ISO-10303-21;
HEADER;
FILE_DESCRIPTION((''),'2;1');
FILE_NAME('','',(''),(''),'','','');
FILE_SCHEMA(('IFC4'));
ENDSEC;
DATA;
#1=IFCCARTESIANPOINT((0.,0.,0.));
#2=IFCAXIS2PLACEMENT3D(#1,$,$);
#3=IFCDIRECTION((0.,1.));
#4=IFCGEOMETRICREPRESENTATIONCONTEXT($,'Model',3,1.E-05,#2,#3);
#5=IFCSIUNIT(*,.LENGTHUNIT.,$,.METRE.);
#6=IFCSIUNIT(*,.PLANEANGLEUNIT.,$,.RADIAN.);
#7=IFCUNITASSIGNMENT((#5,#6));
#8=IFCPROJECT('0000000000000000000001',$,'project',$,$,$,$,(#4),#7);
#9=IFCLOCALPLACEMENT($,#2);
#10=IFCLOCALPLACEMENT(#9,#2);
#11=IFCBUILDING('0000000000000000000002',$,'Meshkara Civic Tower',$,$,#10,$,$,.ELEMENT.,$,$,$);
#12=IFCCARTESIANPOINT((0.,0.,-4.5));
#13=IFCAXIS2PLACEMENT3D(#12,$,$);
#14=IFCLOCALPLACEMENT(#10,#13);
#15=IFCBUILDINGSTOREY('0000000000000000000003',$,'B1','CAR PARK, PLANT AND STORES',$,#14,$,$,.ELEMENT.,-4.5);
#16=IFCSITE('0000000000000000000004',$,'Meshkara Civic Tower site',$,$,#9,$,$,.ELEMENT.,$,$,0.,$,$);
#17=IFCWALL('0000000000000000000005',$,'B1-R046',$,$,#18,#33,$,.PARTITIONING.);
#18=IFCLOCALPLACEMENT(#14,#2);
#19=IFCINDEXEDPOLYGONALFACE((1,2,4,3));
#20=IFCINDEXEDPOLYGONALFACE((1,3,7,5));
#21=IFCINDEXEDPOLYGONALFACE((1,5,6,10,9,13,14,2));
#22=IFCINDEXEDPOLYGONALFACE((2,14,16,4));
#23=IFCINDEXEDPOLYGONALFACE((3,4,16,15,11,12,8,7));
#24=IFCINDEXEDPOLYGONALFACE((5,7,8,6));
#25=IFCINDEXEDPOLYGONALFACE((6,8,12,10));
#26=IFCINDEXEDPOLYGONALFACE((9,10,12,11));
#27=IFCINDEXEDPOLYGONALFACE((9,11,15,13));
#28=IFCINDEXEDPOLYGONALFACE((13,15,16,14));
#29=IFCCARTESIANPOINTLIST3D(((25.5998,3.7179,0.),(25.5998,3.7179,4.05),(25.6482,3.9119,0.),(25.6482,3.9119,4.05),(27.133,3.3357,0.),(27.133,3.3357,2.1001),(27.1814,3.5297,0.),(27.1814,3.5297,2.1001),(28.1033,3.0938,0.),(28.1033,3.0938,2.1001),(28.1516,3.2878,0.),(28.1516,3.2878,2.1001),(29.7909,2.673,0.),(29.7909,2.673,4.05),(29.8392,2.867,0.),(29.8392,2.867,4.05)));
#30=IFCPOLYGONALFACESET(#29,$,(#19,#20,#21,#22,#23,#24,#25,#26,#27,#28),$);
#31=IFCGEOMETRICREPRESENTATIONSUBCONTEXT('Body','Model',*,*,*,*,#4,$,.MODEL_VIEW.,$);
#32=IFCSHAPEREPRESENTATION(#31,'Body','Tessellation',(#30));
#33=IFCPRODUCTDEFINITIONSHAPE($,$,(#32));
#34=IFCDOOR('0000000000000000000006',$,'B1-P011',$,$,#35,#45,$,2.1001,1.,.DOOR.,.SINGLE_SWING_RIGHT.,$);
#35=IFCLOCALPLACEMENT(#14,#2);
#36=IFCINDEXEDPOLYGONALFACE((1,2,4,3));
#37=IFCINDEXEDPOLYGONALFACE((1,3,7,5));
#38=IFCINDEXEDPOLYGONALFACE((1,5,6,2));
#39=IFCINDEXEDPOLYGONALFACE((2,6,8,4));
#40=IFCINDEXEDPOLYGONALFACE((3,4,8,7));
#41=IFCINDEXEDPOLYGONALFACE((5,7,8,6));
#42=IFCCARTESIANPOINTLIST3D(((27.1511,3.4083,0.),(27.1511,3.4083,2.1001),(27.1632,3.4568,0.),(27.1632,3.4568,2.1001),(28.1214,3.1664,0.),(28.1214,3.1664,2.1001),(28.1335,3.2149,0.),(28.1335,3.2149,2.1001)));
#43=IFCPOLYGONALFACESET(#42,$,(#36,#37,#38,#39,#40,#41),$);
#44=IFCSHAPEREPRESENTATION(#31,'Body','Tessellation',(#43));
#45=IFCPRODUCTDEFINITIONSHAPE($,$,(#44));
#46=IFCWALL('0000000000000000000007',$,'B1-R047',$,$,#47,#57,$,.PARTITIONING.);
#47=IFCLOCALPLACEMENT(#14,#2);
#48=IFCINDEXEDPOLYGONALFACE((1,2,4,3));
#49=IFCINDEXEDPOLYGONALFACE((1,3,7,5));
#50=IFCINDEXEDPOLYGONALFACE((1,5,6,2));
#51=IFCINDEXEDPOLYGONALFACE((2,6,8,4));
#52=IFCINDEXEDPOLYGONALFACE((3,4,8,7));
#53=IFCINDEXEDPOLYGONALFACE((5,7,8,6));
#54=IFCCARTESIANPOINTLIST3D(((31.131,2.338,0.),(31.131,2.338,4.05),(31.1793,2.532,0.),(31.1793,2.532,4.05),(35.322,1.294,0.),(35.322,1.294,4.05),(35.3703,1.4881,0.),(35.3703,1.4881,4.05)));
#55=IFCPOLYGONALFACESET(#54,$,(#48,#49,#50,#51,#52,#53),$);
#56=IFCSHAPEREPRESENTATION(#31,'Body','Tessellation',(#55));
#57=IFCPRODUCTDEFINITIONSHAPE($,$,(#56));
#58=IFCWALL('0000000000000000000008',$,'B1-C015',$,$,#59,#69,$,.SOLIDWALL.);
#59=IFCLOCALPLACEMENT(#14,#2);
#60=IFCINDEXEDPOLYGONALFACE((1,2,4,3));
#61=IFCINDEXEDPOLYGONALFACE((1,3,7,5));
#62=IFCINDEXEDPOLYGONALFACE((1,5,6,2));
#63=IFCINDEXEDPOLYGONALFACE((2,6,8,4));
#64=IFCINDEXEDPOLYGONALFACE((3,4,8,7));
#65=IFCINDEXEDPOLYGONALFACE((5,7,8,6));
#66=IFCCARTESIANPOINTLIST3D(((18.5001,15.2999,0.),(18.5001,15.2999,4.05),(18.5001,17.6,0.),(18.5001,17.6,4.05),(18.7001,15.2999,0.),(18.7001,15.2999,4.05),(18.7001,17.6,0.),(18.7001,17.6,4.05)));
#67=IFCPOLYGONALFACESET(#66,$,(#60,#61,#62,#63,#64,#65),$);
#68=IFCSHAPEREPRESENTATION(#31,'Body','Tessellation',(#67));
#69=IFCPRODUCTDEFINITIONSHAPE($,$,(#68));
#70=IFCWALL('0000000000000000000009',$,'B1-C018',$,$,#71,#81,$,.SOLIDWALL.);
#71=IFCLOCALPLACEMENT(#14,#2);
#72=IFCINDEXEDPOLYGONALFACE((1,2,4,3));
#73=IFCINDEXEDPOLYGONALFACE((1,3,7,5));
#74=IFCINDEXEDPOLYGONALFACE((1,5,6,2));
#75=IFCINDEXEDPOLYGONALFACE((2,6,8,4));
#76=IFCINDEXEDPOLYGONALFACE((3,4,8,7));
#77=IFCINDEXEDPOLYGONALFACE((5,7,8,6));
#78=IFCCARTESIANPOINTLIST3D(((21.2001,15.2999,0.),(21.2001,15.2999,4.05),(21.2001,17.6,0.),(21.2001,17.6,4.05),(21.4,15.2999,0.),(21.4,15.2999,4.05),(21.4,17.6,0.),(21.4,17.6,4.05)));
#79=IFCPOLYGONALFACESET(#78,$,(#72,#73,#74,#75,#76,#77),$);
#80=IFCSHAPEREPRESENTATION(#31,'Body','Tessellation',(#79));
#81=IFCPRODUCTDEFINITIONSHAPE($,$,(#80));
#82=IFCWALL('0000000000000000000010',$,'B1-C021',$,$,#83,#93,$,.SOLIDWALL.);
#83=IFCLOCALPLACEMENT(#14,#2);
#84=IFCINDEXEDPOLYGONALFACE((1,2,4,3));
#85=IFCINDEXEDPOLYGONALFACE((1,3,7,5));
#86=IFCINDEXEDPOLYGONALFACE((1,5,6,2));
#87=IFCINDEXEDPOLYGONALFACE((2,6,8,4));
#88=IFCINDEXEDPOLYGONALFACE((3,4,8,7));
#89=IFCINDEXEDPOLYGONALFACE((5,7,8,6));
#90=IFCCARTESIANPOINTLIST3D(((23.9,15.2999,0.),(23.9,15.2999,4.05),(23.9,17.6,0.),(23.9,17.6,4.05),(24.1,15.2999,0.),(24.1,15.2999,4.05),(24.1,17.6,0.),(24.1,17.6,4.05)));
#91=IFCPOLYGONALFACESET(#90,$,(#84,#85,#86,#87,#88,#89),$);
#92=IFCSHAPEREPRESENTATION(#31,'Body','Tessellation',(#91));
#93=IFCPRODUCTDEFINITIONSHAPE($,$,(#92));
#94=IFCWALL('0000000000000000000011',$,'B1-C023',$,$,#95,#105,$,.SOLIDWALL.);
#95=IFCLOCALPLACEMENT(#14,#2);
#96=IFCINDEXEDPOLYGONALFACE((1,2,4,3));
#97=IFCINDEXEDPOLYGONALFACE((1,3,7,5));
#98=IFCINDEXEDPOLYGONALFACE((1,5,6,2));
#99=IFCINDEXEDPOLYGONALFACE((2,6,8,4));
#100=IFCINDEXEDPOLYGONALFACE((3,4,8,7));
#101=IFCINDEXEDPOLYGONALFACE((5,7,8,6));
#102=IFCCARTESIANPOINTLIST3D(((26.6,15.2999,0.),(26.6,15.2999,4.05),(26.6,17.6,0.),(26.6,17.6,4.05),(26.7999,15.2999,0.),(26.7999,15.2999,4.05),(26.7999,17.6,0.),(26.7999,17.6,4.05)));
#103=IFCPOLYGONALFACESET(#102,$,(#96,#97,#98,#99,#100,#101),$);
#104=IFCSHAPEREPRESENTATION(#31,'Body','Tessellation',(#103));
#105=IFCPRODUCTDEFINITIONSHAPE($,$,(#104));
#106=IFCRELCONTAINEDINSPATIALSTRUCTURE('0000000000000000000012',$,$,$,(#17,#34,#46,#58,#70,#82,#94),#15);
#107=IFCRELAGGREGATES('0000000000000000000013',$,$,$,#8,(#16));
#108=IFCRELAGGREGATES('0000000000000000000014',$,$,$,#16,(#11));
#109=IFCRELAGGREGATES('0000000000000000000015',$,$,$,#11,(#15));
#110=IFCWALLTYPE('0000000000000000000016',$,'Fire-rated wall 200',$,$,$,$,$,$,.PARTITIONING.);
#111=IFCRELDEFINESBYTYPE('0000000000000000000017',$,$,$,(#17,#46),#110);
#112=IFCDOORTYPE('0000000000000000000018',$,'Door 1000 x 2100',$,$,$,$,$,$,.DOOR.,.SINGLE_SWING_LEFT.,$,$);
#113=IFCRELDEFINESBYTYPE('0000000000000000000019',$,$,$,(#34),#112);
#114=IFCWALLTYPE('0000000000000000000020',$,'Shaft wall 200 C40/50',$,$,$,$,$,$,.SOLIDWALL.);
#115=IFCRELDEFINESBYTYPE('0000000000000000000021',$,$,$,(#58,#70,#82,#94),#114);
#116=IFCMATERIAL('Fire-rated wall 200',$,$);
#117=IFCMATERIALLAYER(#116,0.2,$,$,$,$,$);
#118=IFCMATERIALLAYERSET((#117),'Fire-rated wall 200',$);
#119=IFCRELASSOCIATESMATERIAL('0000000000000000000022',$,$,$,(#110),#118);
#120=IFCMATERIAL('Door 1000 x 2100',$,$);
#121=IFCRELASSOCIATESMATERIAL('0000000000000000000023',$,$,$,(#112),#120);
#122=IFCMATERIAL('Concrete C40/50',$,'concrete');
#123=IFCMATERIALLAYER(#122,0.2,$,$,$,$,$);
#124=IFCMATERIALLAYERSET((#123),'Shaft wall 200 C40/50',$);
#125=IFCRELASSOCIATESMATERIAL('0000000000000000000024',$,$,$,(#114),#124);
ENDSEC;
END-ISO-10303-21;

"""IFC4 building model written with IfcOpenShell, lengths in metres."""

from ifc_helpers import new_model, si_unit, direction, frame, frame_2d, origin, place, context, subcontext, project, spatial, rectangle, extrude, material, layer, layer_set, type_object, element, fill, save


model = new_model("IFC4")

# Units and contexts
model_context = context("Model", 3, precision=1e-05, world=origin(), true_north=direction((0.0, 1.0)))
body_context = subcontext(model_context, "Body", "Model", "MODEL_VIEW")
ifc_project = project(units=[si_unit("LENGTHUNIT", "METRE"), si_unit("PLANEANGLEUNIT", "RADIAN")], contexts=[model_context])

# Site, building, storey
site_placement = place(None, origin())
site = spatial("IfcSite", under=ifc_project, at=site_placement, Name="Meshkara Civic Tower site", CompositionType="ELEMENT", RefElevation=0.0)
building_placement = place(site_placement, origin())
building = spatial("IfcBuilding", under=site, at=building_placement, Name="Meshkara Civic Tower", CompositionType="ELEMENT")
storey_placement = place(building_placement, frame((0.0, 0.0, -4.5)))
storey = spatial("IfcBuildingStorey", under=building, at=storey_placement, Name="B1", Description="CAR PARK, PLANT AND STORES", CompositionType="ELEMENT", Elevation=-4.5)

# Shared definitions
ifc_material_1 = material(Name="Fire-rated wall 200")
ifc_layer_1 = layer(ifc_material_1, 0.2)
ifc_layer_set_1 = layer_set([ifc_layer_1], Name="Fire-rated wall 200")
wall_type_1 = type_object("IfcWallType", Name="Fire-rated wall 200", PredefinedType="PARTITIONING", material=ifc_layer_set_1)

# Wall, opening, door
wall_1_placement = place(storey_placement, frame((25.624, 3.8149, 0.0), z_axis=(0.0, 0.0, 1.0), x_axis=(0.970295, -0.241924, 0.0)))
wall_1 = element("IfcWall", 1, at=wall_1_placement, inside=storey, type_object=wall_type_1, Name="B1-R046", PredefinedType="PARTITIONING", context=body_context, shape_type="SweptSolid", body=[
    extrude(rectangle(XDim=4.3193, YDim=0.2, at=frame_2d((2.1597, 0.0))), origin(), (0.0, 0.0, 1.0), 4.05),
])
opening_1_placement = place(wall_1_placement, frame((1.5801, 0.0, 0.0)))
opening_1 = element("IfcOpeningElement", 2, at=opening_1_placement, cuts=wall_1, PredefinedType="OPENING", context=body_context, shape_type="SweptSolid", body=[
    extrude(rectangle(XDim=1.0, YDim=2.1001, at=frame_2d((0.5, 1.05))), frame((0.0, 0.1099, 0.0), z_axis=(0.0, -1.0, 0.0), x_axis=(1.0, 0.0, 0.0)), (0.0, 0.0, 1.0), 0.22),
])
ifc_material_2 = material(Name="Door 1000 x 2100")
door_type_1 = type_object("IfcDoorType", Name="Door 1000 x 2100", OperationType="SINGLE_SWING_LEFT", PredefinedType="DOOR", material=ifc_material_2)
door_1_placement = place(opening_1_placement, origin())
door_1 = element("IfcDoor", 3, at=door_1_placement, inside=storey, type_object=door_type_1, Name="B1-P011", OperationType="SINGLE_SWING_RIGHT", OverallHeight=2.1001, OverallWidth=1.0, PredefinedType="DOOR", context=body_context, shape_type="SweptSolid", body=[
    extrude(rectangle(XDim=1.0, YDim=2.1001, at=frame_2d((0.5, 1.05))), frame((0.0, 0.0249, 0.0), z_axis=(0.0, -1.0, 0.0), x_axis=(1.0, 0.0, 0.0)), (0.0, 0.0, 1.0), 0.05),
])
fill(opening_1, door_1)

# Walls
wall_2_placement = place(storey_placement, frame((31.155, 2.4351, 0.0), z_axis=(0.0, 0.0, 1.0), x_axis=(0.970348, -0.241711, 0.0)))
element("IfcWall", 4, at=wall_2_placement, inside=storey, type_object=wall_type_1, Name="B1-R047", PredefinedType="PARTITIONING", context=body_context, shape_type="SweptSolid", body=[
    extrude(rectangle(XDim=4.3191, YDim=0.2, at=frame_2d((2.1597, 0.0))), origin(), (0.0, 0.0, 1.0), 4.05),
])
ifc_material_3 = material(Name="Concrete C40/50", Category="concrete")
ifc_layer_2 = layer(ifc_material_3, 0.2)
ifc_layer_set_2 = layer_set([ifc_layer_2], Name="Shaft wall 200 C40/50")
wall_type_2 = type_object("IfcWallType", Name="Shaft wall 200 C40/50", PredefinedType="SOLIDWALL", material=ifc_layer_set_2)
for number, where, z_axis, x_axis, name in (
    (5, (18.6001, 15.3, 0.0), (0.0, 0.0, 1.0), (0.0, 1.0, 0.0), "B1-C015"),
    (6, (21.3, 15.3, 0.0), (0.0, 0.0, 1.0), (0.0, 1.0, 0.0), "B1-C018"),
    (7, (24.0, 15.3, 0.0), (0.0, 0.0, 1.0), (0.0, 1.0, 0.0), "B1-C021"),
    (8, (26.7, 15.3, 0.0), (0.0, 0.0, 1.0), (0.0, 1.0, 0.0), "B1-C023"),
):
    element("IfcWall", number, at=place(storey_placement, frame(where, z_axis=z_axis, x_axis=x_axis)), inside=storey, type_object=wall_type_2, Name=name, PredefinedType="SOLIDWALL", context=body_context, shape_type="SweptSolid", body=[
        extrude(rectangle(XDim=2.3, YDim=0.2, at=frame_2d((1.1499, 0.0))), origin(), (0.0, 0.0, 1.0), 4.05),
    ])

save(model, "model.ifc")
